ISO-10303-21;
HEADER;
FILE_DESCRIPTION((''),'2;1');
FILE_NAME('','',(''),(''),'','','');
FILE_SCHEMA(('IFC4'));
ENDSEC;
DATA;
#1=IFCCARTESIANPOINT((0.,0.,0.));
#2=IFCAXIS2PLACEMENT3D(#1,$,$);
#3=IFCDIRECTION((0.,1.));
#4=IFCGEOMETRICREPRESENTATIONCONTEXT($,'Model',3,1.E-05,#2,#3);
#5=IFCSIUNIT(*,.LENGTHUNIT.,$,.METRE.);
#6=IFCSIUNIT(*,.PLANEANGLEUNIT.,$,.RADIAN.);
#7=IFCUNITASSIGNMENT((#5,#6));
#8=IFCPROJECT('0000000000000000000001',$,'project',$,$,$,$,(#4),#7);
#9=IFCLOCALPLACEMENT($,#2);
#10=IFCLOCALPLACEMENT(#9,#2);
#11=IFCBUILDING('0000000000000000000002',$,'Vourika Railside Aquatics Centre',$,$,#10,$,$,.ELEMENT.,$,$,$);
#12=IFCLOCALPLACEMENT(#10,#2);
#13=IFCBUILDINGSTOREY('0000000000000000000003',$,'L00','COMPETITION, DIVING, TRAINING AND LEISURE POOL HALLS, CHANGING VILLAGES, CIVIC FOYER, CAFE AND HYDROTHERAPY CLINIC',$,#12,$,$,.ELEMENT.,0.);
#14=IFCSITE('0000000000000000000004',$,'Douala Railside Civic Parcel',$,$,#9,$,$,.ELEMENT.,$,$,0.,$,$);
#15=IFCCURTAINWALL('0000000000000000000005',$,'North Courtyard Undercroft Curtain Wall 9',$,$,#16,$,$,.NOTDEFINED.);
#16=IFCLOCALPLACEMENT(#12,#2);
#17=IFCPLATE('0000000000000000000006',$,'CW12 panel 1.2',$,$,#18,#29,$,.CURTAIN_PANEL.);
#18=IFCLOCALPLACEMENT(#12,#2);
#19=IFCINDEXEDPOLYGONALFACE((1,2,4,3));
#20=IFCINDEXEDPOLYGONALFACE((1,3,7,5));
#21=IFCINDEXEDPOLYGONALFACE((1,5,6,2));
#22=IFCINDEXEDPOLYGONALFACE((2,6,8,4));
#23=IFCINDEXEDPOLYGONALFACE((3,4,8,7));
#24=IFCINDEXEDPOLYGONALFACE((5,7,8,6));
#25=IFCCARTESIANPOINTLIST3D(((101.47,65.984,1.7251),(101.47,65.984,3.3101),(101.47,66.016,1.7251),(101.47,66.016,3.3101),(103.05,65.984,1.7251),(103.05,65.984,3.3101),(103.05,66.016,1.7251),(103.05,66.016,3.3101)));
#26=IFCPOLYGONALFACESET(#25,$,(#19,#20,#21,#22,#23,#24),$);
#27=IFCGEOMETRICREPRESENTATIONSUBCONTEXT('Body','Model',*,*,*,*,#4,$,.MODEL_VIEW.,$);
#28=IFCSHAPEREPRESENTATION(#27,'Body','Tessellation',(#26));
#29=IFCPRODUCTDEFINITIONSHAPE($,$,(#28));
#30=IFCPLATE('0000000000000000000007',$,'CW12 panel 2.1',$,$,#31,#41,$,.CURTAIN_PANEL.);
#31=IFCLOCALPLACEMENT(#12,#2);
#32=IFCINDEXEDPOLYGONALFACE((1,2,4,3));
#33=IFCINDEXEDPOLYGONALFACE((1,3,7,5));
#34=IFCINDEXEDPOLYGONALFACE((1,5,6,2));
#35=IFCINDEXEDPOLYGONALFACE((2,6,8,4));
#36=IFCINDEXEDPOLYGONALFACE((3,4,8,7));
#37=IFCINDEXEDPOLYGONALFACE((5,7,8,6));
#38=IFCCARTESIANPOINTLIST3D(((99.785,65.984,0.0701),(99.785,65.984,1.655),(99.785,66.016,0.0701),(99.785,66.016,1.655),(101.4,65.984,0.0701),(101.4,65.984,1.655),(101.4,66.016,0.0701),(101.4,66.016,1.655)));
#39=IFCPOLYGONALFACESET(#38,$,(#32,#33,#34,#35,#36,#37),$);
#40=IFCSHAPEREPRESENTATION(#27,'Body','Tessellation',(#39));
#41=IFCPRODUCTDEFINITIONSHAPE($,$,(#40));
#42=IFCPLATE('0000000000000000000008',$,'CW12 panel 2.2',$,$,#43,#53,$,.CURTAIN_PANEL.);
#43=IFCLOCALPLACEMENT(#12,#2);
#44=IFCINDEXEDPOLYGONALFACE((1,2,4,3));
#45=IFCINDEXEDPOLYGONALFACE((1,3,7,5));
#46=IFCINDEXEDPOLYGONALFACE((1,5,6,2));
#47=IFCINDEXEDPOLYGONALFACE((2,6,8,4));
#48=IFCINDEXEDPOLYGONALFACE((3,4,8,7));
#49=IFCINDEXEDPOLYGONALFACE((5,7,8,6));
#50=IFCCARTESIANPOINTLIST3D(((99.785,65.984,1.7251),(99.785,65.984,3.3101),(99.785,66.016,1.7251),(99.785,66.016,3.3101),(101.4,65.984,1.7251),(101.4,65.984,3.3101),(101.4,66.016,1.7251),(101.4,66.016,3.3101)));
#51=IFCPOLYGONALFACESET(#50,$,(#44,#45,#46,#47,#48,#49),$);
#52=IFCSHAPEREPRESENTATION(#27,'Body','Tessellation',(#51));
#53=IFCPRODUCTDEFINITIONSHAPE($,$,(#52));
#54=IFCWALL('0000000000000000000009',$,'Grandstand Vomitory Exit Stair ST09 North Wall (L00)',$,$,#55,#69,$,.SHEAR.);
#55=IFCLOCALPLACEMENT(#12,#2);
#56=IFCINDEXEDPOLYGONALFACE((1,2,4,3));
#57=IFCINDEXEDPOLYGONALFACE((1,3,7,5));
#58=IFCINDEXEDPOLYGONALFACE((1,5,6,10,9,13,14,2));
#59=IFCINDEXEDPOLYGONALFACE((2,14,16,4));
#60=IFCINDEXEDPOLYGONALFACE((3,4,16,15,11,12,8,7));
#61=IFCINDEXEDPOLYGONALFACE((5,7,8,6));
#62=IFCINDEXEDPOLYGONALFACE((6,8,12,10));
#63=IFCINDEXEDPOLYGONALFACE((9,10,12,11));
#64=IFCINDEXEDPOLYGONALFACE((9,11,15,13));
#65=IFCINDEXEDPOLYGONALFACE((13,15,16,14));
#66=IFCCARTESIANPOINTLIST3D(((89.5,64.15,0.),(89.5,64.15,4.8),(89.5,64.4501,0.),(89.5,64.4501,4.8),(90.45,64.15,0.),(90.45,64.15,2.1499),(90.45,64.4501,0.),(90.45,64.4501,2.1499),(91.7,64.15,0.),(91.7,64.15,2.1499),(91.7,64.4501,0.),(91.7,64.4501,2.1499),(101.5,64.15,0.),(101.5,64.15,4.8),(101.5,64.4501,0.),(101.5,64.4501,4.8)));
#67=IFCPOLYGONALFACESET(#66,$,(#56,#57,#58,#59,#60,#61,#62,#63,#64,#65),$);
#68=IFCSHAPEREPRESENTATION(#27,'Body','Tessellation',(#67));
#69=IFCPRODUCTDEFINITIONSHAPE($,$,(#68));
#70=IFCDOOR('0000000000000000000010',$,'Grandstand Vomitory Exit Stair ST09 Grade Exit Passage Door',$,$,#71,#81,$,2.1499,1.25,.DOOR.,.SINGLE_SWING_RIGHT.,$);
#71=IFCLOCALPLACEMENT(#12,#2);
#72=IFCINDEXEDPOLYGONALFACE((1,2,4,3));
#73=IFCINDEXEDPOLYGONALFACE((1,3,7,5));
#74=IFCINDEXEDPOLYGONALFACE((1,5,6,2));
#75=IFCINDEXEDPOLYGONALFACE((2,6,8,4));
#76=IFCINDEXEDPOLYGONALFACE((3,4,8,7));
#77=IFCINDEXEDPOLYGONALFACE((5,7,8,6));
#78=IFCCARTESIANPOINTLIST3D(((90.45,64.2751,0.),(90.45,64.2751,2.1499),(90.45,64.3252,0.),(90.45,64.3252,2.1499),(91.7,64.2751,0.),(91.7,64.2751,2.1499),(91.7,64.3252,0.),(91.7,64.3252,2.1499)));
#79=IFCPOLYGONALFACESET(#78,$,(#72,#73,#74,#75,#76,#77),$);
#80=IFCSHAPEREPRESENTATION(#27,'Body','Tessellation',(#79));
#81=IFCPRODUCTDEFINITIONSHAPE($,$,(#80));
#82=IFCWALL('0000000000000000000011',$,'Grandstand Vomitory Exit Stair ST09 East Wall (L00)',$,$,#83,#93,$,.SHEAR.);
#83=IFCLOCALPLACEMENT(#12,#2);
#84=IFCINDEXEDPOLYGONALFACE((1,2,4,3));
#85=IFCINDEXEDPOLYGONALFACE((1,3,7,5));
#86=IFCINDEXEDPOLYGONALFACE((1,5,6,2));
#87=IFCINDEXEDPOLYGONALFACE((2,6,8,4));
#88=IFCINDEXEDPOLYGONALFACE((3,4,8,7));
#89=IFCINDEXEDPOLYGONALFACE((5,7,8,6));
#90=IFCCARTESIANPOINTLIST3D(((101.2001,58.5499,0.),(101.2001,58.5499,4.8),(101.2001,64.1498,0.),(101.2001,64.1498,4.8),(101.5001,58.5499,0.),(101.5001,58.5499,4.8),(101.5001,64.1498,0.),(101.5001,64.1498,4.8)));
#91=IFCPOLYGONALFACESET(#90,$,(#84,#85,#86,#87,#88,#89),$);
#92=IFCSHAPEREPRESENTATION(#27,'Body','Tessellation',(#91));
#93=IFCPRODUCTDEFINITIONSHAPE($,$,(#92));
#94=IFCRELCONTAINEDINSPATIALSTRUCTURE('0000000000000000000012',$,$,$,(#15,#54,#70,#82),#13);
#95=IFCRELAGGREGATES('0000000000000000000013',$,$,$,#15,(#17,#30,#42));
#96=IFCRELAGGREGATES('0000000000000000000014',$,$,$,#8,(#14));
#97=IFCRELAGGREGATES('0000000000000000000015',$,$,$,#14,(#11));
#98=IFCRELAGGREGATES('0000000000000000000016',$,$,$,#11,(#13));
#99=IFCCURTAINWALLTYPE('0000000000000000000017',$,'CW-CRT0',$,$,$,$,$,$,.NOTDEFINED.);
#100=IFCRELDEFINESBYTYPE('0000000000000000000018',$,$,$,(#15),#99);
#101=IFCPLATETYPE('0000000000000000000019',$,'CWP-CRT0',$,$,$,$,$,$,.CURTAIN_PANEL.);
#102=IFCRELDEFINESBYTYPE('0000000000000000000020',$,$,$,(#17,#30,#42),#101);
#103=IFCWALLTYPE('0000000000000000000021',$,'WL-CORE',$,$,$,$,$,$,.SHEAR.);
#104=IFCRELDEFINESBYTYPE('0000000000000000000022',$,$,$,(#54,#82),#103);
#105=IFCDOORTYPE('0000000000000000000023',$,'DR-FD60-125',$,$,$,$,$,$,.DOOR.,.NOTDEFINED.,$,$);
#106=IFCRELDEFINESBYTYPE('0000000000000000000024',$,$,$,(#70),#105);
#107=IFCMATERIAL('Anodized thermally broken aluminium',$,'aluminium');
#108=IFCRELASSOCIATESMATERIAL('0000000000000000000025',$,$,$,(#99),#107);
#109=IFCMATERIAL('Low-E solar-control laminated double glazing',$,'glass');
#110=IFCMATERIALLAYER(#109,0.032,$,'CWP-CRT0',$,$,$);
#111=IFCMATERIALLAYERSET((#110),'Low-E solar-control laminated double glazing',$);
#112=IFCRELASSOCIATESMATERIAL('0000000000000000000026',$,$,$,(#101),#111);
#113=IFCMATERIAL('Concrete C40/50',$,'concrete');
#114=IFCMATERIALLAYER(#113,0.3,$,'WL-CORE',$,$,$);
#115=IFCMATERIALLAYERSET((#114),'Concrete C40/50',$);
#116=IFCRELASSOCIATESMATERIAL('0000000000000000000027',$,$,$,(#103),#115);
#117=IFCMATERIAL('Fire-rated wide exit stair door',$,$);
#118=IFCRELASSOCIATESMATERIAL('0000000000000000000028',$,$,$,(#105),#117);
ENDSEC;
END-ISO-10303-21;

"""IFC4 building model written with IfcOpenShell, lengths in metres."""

from ifc_helpers import new_model, si_unit, direction, frame, frame_2d, origin, origin_2d, place, context, subcontext, project, spatial, rectangle, extrude, material, layer, layer_set, type_object, element, fill, aggregate, save


model = new_model("IFC4")

# Units and contexts
model_context = context("Model", 3, precision=1e-05, world=origin(), true_north=direction((0.0, 1.0)))
body_context = subcontext(model_context, "Body", "Model", "MODEL_VIEW")
ifc_project = project(units=[si_unit("LENGTHUNIT", "METRE"), si_unit("PLANEANGLEUNIT", "RADIAN")], contexts=[model_context])

# Site, building, storey
site_placement = place(None, origin())
site = spatial("IfcSite", under=ifc_project, at=site_placement, Name="Douala Railside Civic Parcel", CompositionType="ELEMENT", RefElevation=0.0)
building_placement = place(site_placement, origin())
building = spatial("IfcBuilding", under=site, at=building_placement, Name="Vourika Railside Aquatics Centre", CompositionType="ELEMENT")
storey_placement = place(building_placement, origin())
storey = spatial("IfcBuildingStorey", under=building, at=storey_placement, Name="L00", Description="COMPETITION, DIVING, TRAINING AND LEISURE POOL HALLS, CHANGING VILLAGES, CIVIC FOYER, CAFE AND HYDROTHERAPY CLINIC", CompositionType="ELEMENT", Elevation=0.0)

# Curtain wall, plates
ifc_material_1 = material(Name="Anodized thermally broken aluminium", Category="aluminium")
curtain_wall_type = type_object("IfcCurtainWallType", Name="CW-CRT0", PredefinedType="NOTDEFINED", material=ifc_material_1)
curtain_wall_placement = place(storey_placement, origin())
curtain_wall = element("IfcCurtainWall", 1, at=curtain_wall_placement, inside=storey, type_object=curtain_wall_type, Name="North Courtyard Undercroft Curtain Wall 9", PredefinedType="NOTDEFINED")
ifc_material_2 = material(Name="Low-E solar-control laminated double glazing", Category="glass")
ifc_layer_1 = layer(ifc_material_2, 0.032, Name="CWP-CRT0")
ifc_layer_set_1 = layer_set([ifc_layer_1], Name="Low-E solar-control laminated double glazing")
plate_type = type_object("IfcPlateType", Name="CWP-CRT0", PredefinedType="CURTAIN_PANEL", material=ifc_layer_set_1)
plate_1_placement = place(storey_placement, frame((102.26, 66.0, 1.7251), z_axis=(0.0, 0.0, 1.0), x_axis=(-1.0, 0.0, 0.0)))
plate_1 = element("IfcPlate", 2, at=plate_1_placement, type_object=plate_type, Name="CW12 panel 1.2", PredefinedType="CURTAIN_PANEL", context=body_context, shape_type="SweptSolid", body=[
    extrude(rectangle(XDim=1.5801, YDim=0.032, at=origin_2d()), origin(), (0.0, 0.0, 1.0), 1.585),
])
plate_2_placement = place(storey_placement, frame((100.5925, 66.0, 0.0701), z_axis=(0.0, 0.0, 1.0), x_axis=(-1.0, 0.0, 0.0)))
plate_2 = element("IfcPlate", 3, at=plate_2_placement, type_object=plate_type, Name="CW12 panel 2.1", PredefinedType="CURTAIN_PANEL", context=body_context, shape_type="SweptSolid", body=[
    extrude(rectangle(XDim=1.615, YDim=0.032, at=origin_2d()), origin(), (0.0, 0.0, 1.0), 1.585),
])
plate_3_placement = place(storey_placement, frame((100.5925, 66.0, 1.7251), z_axis=(0.0, 0.0, 1.0), x_axis=(-1.0, 0.0, 0.0)))
plate_3 = element("IfcPlate", 4, at=plate_3_placement, type_object=plate_type, Name="CW12 panel 2.2", PredefinedType="CURTAIN_PANEL", context=body_context, shape_type="SweptSolid", body=[
    extrude(rectangle(XDim=1.615, YDim=0.032, at=origin_2d()), origin(), (0.0, 0.0, 1.0), 1.585),
])
aggregate(curtain_wall, [plate_1, plate_2, plate_3])

# Wall, opening, door
ifc_material_3 = material(Name="Concrete C40/50", Category="concrete")
ifc_layer_2 = layer(ifc_material_3, 0.3, Name="WL-CORE")
ifc_layer_set_2 = layer_set([ifc_layer_2], Name="Concrete C40/50")
wall_type = type_object("IfcWallType", Name="WL-CORE", PredefinedType="SHEAR", material=ifc_layer_set_2)
wall_1_placement = place(storey_placement, frame((101.5, 64.3, 0.0), z_axis=(0.0, 0.0, 1.0), x_axis=(-1.0, 0.0, 0.0)))
wall_1 = element("IfcWall", 5, at=wall_1_placement, inside=storey, type_object=wall_type, Name="Grandstand Vomitory Exit Stair ST09 North Wall (L00)", PredefinedType="SHEAR", context=body_context, shape_type="SweptSolid", body=[
    extrude(rectangle(XDim=12.0, YDim=0.3, at=frame_2d((6.0, 0.0))), origin(), (0.0, 0.0, 1.0), 4.8),
])
opening_placement = place(wall_1_placement, frame((9.8, 0.0, 0.0)))
opening = element("IfcOpeningElement", 6, at=opening_placement, cuts=wall_1, PredefinedType="OPENING", context=body_context, shape_type="SweptSolid", body=[
    extrude(rectangle(XDim=1.25, YDim=2.1499, at=frame_2d((0.625, 1.075))), frame((0.0, 0.1602, 0.0), z_axis=(0.0, -1.0, 0.0), x_axis=(1.0, 0.0, 0.0)), (0.0, 0.0, 1.0), 0.3201),
])
ifc_material_4 = material(Name="Fire-rated wide exit stair door")
door_type = type_object("IfcDoorType", Name="DR-FD60-125", OperationType="NOTDEFINED", PredefinedType="DOOR", material=ifc_material_4)
door_placement = place(opening_placement, origin())
door = element("IfcDoor", 7, at=door_placement, inside=storey, type_object=door_type, Name="Grandstand Vomitory Exit Stair ST09 Grade Exit Passage Door", OperationType="SINGLE_SWING_RIGHT", OverallHeight=2.1499, OverallWidth=1.25, PredefinedType="DOOR", context=body_context, shape_type="SweptSolid", body=[
    extrude(rectangle(XDim=1.25, YDim=2.1499, at=frame_2d((0.625, 1.075))), frame((0.0, 0.0249, 0.0), z_axis=(0.0, -1.0, 0.0), x_axis=(1.0, 0.0, 0.0)), (0.0, 0.0, 1.0), 0.05),
])
fill(opening, door)

# Wall
wall_2_placement = place(storey_placement, frame((101.3501, 58.55, 0.0), z_axis=(0.0, 0.0, 1.0), x_axis=(0.0, 1.0, 0.0)))
element("IfcWall", 8, at=wall_2_placement, inside=storey, type_object=wall_type, Name="Grandstand Vomitory Exit Stair ST09 East Wall (L00)", PredefinedType="SHEAR", context=body_context, shape_type="SweptSolid", body=[
    extrude(rectangle(XDim=5.5999, YDim=0.3, at=frame_2d((2.7998, 0.0))), origin(), (0.0, 0.0, 1.0), 4.8),
])

save(model, "model.ifc")
